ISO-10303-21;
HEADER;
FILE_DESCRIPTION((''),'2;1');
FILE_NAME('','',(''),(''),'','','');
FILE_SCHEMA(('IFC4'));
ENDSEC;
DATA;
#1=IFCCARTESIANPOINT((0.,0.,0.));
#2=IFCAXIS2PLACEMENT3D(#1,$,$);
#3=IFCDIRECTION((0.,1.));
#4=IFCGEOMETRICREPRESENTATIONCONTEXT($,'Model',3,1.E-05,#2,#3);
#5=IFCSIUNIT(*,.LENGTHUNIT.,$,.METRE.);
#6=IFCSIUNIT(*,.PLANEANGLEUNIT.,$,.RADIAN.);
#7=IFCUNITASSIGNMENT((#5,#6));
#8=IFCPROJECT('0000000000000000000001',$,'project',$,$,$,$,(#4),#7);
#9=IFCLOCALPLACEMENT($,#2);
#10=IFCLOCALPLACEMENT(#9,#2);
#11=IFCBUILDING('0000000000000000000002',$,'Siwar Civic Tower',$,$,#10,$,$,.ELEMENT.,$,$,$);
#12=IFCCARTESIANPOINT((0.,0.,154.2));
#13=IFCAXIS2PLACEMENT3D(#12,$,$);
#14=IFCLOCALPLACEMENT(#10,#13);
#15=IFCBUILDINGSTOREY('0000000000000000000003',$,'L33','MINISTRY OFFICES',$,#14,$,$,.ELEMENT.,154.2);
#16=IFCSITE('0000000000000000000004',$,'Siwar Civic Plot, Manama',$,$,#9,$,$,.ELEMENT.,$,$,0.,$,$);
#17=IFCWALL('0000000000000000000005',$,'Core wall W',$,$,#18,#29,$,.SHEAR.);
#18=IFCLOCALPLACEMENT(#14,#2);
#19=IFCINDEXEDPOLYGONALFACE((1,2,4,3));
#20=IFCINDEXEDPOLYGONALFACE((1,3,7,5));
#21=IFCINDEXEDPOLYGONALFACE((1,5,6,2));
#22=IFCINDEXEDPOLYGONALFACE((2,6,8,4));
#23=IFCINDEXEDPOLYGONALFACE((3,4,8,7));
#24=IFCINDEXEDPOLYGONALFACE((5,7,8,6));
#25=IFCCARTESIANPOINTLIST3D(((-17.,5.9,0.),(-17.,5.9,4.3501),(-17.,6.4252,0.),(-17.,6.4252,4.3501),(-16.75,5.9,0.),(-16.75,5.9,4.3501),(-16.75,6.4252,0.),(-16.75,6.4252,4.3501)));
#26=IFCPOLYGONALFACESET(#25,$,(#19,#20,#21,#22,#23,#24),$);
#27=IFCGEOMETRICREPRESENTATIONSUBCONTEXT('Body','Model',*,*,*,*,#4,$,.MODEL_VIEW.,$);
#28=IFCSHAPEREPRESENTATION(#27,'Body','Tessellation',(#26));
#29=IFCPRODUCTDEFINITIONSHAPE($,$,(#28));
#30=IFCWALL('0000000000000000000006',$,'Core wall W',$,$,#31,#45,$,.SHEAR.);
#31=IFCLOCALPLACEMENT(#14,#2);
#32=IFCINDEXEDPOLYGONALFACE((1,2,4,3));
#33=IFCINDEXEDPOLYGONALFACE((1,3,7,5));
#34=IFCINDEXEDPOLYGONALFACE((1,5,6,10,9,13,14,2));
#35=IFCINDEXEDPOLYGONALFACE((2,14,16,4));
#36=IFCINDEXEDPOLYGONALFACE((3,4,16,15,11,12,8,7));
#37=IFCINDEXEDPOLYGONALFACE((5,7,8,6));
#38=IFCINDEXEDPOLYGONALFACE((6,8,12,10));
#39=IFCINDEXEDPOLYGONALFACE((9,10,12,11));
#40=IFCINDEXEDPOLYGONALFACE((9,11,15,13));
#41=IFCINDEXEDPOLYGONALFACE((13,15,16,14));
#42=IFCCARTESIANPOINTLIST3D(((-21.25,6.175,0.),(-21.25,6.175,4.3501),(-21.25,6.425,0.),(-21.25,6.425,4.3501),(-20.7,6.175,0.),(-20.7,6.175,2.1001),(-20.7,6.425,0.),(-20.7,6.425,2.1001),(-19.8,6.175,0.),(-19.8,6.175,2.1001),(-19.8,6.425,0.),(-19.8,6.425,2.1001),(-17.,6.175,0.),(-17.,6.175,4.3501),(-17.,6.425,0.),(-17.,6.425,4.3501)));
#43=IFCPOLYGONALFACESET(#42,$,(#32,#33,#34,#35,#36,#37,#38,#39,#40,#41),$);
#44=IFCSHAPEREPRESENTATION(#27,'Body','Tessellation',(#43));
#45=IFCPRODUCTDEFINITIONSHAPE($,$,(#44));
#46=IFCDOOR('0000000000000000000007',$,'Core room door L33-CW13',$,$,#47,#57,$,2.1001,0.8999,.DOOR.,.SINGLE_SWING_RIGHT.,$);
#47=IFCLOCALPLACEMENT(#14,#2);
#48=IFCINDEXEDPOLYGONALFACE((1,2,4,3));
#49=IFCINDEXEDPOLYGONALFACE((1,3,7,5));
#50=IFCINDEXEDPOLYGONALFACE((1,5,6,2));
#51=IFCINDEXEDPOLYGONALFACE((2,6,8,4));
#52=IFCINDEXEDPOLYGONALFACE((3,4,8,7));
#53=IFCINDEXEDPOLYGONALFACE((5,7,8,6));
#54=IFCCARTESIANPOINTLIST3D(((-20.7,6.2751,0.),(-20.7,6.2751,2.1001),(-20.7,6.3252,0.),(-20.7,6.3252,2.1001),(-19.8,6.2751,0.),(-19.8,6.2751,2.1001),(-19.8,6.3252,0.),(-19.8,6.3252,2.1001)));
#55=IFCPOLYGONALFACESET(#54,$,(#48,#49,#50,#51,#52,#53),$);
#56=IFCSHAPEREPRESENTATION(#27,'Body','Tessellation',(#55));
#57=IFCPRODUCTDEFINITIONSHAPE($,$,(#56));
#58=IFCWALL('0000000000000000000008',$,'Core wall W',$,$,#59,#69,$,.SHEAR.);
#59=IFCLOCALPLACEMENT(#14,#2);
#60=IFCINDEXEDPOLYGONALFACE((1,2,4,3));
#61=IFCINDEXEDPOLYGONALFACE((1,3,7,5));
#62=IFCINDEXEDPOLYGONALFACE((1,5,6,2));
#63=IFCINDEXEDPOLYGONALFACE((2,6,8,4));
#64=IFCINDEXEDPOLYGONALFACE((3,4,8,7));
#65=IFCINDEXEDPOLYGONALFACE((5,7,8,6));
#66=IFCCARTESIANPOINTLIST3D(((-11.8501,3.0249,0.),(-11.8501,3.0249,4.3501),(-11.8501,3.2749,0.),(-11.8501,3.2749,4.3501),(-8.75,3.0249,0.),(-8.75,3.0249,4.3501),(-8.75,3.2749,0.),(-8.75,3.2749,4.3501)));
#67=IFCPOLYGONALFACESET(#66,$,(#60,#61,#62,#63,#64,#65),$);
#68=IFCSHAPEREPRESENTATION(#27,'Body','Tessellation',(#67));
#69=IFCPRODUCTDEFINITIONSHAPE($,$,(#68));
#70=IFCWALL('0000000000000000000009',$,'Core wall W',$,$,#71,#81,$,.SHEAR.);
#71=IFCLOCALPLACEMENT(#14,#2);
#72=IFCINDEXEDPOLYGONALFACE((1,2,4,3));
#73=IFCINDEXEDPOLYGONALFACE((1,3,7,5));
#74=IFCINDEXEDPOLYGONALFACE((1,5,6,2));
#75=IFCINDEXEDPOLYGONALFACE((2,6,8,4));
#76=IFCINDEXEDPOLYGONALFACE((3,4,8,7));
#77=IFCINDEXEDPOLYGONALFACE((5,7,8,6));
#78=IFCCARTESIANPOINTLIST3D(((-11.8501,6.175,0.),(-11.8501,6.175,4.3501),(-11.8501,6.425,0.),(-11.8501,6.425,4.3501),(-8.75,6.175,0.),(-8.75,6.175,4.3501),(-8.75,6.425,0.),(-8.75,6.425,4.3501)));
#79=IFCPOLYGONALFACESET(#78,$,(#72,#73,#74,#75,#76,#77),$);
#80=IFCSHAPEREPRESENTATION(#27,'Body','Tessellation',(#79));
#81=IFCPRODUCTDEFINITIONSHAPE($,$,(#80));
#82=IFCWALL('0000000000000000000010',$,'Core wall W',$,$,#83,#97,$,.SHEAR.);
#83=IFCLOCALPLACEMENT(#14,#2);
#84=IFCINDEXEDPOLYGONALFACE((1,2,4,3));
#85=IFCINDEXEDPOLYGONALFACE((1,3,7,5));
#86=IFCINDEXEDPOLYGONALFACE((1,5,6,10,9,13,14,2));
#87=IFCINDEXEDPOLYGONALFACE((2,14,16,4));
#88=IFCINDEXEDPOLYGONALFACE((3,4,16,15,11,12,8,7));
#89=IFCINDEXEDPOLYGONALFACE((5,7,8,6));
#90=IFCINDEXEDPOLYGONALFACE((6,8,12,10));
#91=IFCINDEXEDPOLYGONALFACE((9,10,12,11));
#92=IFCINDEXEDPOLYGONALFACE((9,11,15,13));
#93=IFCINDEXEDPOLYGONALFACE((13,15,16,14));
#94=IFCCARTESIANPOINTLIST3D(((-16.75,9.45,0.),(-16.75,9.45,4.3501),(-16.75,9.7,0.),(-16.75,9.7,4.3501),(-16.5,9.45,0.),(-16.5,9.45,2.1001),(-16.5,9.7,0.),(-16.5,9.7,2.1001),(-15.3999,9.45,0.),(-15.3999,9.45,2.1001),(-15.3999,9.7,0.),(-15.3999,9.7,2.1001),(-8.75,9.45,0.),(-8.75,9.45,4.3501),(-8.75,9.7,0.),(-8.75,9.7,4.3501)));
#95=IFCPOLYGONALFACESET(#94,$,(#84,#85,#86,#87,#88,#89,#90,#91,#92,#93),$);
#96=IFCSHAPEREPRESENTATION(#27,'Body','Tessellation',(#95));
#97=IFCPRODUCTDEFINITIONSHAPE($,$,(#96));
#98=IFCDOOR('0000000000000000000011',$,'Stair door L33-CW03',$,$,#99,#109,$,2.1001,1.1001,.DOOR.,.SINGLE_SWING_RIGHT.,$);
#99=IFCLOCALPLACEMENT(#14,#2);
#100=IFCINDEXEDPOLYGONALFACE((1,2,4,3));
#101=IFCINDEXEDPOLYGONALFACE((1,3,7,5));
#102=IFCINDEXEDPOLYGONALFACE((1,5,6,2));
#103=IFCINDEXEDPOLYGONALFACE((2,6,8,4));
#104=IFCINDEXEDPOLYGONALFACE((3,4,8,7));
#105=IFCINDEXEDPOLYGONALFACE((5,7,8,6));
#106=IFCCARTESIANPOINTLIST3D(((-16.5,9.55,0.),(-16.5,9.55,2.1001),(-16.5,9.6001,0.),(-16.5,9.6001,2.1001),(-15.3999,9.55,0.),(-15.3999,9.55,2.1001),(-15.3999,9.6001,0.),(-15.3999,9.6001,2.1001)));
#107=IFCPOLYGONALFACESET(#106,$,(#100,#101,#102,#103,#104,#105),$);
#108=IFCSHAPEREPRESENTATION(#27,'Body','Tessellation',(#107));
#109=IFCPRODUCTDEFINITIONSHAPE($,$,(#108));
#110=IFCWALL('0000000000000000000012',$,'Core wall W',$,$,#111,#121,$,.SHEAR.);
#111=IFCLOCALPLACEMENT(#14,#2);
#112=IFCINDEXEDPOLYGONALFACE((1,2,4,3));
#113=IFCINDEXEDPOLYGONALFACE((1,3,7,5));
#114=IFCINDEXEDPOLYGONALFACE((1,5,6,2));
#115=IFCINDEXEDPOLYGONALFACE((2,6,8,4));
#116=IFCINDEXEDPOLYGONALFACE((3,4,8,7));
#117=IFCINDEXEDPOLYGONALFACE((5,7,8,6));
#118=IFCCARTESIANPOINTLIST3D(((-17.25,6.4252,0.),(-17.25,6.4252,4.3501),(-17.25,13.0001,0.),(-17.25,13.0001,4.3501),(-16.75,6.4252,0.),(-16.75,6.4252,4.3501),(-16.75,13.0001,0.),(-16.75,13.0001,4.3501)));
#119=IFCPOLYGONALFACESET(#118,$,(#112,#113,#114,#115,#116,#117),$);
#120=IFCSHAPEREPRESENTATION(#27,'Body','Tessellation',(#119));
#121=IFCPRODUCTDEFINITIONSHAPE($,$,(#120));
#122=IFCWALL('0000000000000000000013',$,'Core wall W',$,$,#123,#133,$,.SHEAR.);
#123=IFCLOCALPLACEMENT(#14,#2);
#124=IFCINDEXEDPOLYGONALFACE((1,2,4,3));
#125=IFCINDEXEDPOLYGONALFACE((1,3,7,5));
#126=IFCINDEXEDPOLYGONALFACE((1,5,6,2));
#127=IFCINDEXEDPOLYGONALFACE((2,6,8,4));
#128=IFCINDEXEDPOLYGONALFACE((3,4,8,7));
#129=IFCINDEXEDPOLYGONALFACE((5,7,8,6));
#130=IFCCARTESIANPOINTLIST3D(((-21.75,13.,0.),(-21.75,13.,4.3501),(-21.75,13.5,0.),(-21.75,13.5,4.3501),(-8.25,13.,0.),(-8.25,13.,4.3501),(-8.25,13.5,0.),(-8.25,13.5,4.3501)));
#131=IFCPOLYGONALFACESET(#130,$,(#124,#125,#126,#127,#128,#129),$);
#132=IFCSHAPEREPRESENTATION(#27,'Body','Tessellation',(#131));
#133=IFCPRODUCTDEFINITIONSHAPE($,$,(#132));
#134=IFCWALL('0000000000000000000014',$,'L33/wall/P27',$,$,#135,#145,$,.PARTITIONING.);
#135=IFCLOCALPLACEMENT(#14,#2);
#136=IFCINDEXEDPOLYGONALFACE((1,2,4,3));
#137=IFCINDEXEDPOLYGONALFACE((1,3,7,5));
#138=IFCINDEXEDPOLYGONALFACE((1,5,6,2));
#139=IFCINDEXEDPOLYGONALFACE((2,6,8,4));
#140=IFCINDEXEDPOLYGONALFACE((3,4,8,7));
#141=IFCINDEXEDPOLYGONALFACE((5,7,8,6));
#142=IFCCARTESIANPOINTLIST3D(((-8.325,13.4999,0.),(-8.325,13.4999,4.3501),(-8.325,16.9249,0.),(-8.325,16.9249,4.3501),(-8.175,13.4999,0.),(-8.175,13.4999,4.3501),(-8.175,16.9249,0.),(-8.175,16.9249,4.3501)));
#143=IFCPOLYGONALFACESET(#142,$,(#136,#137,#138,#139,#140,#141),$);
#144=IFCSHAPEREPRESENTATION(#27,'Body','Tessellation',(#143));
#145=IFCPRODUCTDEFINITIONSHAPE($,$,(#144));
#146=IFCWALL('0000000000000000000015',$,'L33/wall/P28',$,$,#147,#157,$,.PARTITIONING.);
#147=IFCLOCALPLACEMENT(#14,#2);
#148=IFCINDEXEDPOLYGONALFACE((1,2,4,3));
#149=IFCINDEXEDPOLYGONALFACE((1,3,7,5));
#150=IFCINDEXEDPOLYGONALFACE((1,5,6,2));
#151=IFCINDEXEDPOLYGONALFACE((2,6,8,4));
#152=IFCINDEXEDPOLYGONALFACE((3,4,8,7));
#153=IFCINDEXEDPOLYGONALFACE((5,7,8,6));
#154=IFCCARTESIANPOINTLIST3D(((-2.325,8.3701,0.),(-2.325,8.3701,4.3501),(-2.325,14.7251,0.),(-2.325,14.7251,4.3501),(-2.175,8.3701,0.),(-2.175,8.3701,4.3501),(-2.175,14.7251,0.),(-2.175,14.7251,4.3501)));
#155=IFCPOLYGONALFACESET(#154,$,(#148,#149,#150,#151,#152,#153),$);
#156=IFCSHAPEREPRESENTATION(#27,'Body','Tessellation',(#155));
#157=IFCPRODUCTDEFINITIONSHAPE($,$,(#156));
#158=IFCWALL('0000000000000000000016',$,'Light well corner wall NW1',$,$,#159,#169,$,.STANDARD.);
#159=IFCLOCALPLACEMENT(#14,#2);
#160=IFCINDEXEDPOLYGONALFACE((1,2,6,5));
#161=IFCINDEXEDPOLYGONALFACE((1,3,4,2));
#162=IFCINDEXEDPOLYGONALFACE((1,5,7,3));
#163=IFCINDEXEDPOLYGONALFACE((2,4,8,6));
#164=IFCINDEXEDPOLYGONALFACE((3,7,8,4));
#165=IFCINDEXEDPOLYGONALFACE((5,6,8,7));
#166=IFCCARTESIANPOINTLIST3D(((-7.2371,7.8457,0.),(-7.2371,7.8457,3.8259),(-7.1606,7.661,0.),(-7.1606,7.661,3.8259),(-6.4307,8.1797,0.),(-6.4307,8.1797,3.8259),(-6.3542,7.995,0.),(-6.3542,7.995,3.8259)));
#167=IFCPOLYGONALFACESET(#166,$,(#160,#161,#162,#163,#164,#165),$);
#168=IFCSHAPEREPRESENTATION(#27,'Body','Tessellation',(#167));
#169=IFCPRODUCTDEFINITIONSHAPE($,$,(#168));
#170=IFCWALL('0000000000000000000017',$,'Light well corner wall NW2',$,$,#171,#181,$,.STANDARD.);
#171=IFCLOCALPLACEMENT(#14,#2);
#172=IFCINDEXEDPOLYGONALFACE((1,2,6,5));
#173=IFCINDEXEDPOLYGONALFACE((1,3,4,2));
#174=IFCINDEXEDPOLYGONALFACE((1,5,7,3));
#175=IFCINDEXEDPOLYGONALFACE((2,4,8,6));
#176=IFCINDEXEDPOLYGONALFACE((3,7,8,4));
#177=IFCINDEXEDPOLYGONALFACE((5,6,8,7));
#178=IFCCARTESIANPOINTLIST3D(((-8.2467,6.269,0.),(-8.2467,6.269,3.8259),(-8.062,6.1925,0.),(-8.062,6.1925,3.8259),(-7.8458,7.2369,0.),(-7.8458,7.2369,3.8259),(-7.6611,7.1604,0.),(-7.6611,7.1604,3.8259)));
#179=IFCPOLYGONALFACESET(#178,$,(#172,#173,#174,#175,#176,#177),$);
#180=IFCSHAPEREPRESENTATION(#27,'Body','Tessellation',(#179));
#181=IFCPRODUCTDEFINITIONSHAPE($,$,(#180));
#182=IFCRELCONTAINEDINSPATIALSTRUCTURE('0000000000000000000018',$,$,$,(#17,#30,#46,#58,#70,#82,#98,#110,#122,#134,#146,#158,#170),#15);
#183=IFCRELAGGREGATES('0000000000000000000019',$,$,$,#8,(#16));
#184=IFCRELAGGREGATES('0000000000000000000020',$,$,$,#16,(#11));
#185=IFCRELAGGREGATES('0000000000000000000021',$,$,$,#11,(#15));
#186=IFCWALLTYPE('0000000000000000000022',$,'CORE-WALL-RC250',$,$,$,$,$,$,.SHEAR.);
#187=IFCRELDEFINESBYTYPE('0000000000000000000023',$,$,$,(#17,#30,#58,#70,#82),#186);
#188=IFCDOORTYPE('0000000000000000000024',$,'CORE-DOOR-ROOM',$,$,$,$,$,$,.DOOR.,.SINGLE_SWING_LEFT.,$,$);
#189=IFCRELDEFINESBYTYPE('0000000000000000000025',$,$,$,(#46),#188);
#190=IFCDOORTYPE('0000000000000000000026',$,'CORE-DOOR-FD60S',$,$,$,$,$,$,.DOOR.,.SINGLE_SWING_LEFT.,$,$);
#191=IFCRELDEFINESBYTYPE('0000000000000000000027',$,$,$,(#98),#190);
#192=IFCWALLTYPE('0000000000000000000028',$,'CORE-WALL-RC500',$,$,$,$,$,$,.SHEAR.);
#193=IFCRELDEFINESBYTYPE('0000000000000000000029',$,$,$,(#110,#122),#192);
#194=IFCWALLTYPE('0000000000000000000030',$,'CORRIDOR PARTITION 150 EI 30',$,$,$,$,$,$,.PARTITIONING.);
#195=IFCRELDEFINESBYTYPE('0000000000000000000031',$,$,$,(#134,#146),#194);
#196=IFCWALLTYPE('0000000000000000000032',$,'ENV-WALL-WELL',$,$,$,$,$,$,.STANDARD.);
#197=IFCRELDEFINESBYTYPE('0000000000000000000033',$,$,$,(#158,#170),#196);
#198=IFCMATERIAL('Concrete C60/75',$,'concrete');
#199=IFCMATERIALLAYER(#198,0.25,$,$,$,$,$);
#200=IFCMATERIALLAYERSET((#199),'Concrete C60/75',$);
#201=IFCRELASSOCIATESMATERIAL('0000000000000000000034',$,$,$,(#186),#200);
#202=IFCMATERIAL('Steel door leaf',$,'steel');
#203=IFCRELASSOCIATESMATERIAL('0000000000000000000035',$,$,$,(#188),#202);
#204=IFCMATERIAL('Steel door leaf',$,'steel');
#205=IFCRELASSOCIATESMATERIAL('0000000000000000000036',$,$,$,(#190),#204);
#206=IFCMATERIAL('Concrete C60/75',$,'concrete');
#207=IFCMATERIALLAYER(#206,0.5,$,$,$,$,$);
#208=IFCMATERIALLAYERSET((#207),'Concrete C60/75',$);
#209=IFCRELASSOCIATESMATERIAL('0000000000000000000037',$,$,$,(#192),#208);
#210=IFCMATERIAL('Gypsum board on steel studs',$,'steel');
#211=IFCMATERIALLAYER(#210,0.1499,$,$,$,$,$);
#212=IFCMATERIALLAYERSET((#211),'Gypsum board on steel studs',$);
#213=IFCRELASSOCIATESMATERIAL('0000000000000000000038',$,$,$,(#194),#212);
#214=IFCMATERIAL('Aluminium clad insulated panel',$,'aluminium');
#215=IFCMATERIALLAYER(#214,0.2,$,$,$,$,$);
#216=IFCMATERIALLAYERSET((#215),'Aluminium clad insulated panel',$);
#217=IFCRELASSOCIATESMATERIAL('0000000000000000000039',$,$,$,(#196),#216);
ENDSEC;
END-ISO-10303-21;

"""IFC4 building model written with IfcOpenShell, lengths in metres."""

from ifc_helpers import new_model, si_unit, direction, frame, frame_2d, origin, place, context, subcontext, project, spatial, rectangle, extrude, material, layer, layer_set, type_object, element, fill, save


model = new_model("IFC4")

# Units and contexts
model_context = context("Model", 3, precision=1e-05, world=origin(), true_north=direction((0.0, 1.0)))
body_context = subcontext(model_context, "Body", "Model", "MODEL_VIEW")
ifc_project = project(units=[si_unit("LENGTHUNIT", "METRE"), si_unit("PLANEANGLEUNIT", "RADIAN")], contexts=[model_context])

# Site, building, storey
site_placement = place(None, origin())
site = spatial("IfcSite", under=ifc_project, at=site_placement, Name="Siwar Civic Plot, Manama", CompositionType="ELEMENT", RefElevation=0.0)
building_placement = place(site_placement, origin())
building = spatial("IfcBuilding", under=site, at=building_placement, Name="Siwar Civic Tower", CompositionType="ELEMENT")
storey_placement = place(building_placement, frame((0.0, 0.0, 154.2)))
storey = spatial("IfcBuildingStorey", under=building, at=storey_placement, Name="L33", Description="MINISTRY OFFICES", CompositionType="ELEMENT", Elevation=154.2)

# Shared definitions
ifc_material_1 = material(Name="Concrete C60/75", Category="concrete")
ifc_layer_1 = layer(ifc_material_1, 0.25)
ifc_layer_set_1 = layer_set([ifc_layer_1], Name="Concrete C60/75")
wall_type_1 = type_object("IfcWallType", Name="CORE-WALL-RC250", PredefinedType="SHEAR", material=ifc_layer_set_1)

# Wall
wall_1_placement = place(storey_placement, frame((-16.875, 5.8999, 0.0), z_axis=(0.0, 0.0, 1.0), x_axis=(0.0, 1.0, 0.0)))
element("IfcWall", 1, at=wall_1_placement, inside=storey, type_object=wall_type_1, Name="Core wall W", PredefinedType="SHEAR", context=body_context, shape_type="SweptSolid", body=[
    extrude(rectangle(XDim=0.5251, YDim=0.25, at=frame_2d((0.2627, 0.0))), origin(), (0.0, 0.0, 1.0), 4.3501),
])

# Wall, opening, door
wall_2_placement = place(storey_placement, frame((-17.0, 6.3, 0.0), z_axis=(0.0, 0.0, 1.0), x_axis=(-1.0, 0.0, 0.0)))
wall_2 = element("IfcWall", 2, at=wall_2_placement, inside=storey, type_object=wall_type_1, Name="Core wall W", PredefinedType="SHEAR", context=body_context, shape_type="SweptSolid", body=[
    extrude(rectangle(XDim=4.25, YDim=0.25, at=frame_2d((2.125, 0.0))), origin(), (0.0, 0.0, 1.0), 4.3501),
])
opening_1_placement = place(wall_2_placement, frame((2.8, 0.0, 0.0)))
opening_1 = element("IfcOpeningElement", 3, at=opening_1_placement, cuts=wall_2, PredefinedType="OPENING", context=body_context, shape_type="SweptSolid", body=[
    extrude(rectangle(XDim=0.8999, YDim=2.1001, at=frame_2d((0.45, 1.05))), frame((0.0, 0.135, 0.0), z_axis=(0.0, -1.0, 0.0), x_axis=(1.0, 0.0, 0.0)), (0.0, 0.0, 1.0), 0.27),
])
ifc_material_2 = material(Name="Steel door leaf", Category="steel")
door_type_1 = type_object("IfcDoorType", Name="CORE-DOOR-ROOM", OperationType="SINGLE_SWING_LEFT", PredefinedType="DOOR", material=ifc_material_2)
door_1_placement = place(opening_1_placement, origin())
door_1 = element("IfcDoor", 4, at=door_1_placement, inside=storey, type_object=door_type_1, Name="Core room door L33-CW13", OperationType="SINGLE_SWING_RIGHT", OverallHeight=2.1001, OverallWidth=0.8999, PredefinedType="DOOR", context=body_context, shape_type="SweptSolid", body=[
    extrude(rectangle(XDim=0.8999, YDim=2.1001, at=frame_2d((0.45, 1.05))), frame((0.0, 0.0249, 0.0), z_axis=(0.0, -1.0, 0.0), x_axis=(1.0, 0.0, 0.0)), (0.0, 0.0, 1.0), 0.05),
])
fill(opening_1, door_1)

# Walls
for number, where, z_axis, x_axis, name in (
    (5, (-8.75, 3.1499, 0.0), (0.0, 0.0, 1.0), (-1.0, 0.0, 0.0), "Core wall W"),
    (6, (-8.75, 6.3, 0.0), (0.0, 0.0, 1.0), (-1.0, 0.0, 0.0), "Core wall W"),
):
    element("IfcWall", number, at=place(storey_placement, frame(where, z_axis=z_axis, x_axis=x_axis)), inside=storey, type_object=wall_type_1, Name=name, PredefinedType="SHEAR", context=body_context, shape_type="SweptSolid", body=[
        extrude(rectangle(XDim=3.1001, YDim=0.25, at=frame_2d((1.55, 0.0))), origin(), (0.0, 0.0, 1.0), 4.3501),
    ])

# Wall, opening, door
wall_3_placement = place(storey_placement, frame((-8.75, 9.575, 0.0), z_axis=(0.0, 0.0, 1.0), x_axis=(-1.0, 0.0, 0.0)))
wall_3 = element("IfcWall", 7, at=wall_3_placement, inside=storey, type_object=wall_type_1, Name="Core wall W", PredefinedType="SHEAR", context=body_context, shape_type="SweptSolid", body=[
    extrude(rectangle(XDim=8.0, YDim=0.25, at=frame_2d((4.0, 0.0))), origin(), (0.0, 0.0, 1.0), 4.3501),
])
opening_2_placement = place(wall_3_placement, frame((6.6499, 0.0, 0.0)))
opening_2 = element("IfcOpeningElement", 8, at=opening_2_placement, cuts=wall_3, PredefinedType="OPENING", context=body_context, shape_type="SweptSolid", body=[
    extrude(rectangle(XDim=1.1001, YDim=2.1001, at=frame_2d((0.55, 1.05))), frame((0.0, 0.135, 0.0), z_axis=(0.0, -1.0, 0.0), x_axis=(1.0, 0.0, 0.0)), (0.0, 0.0, 1.0), 0.27),
])
ifc_material_3 = material(Name="Steel door leaf", Category="steel")
door_type_2 = type_object("IfcDoorType", Name="CORE-DOOR-FD60S", OperationType="SINGLE_SWING_LEFT", PredefinedType="DOOR", material=ifc_material_3)
door_2_placement = place(opening_2_placement, origin())
door_2 = element("IfcDoor", 9, at=door_2_placement, inside=storey, type_object=door_type_2, Name="Stair door L33-CW03", OperationType="SINGLE_SWING_RIGHT", OverallHeight=2.1001, OverallWidth=1.1001, PredefinedType="DOOR", context=body_context, shape_type="SweptSolid", body=[
    extrude(rectangle(XDim=1.1001, YDim=2.1001, at=frame_2d((0.55, 1.05))), frame((0.0, 0.0249, 0.0), z_axis=(0.0, -1.0, 0.0), x_axis=(1.0, 0.0, 0.0)), (0.0, 0.0, 1.0), 0.05),
])
fill(opening_2, door_2)

# Walls
ifc_material_4 = material(Name="Concrete C60/75", Category="concrete")
ifc_layer_2 = layer(ifc_material_4, 0.5)
ifc_layer_set_2 = layer_set([ifc_layer_2], Name="Concrete C60/75")
wall_type_2 = type_object("IfcWallType", Name="CORE-WALL-RC500", PredefinedType="SHEAR", material=ifc_layer_set_2)
wall_4_placement = place(storey_placement, frame((-17.0, 6.425, 0.0), z_axis=(0.0, 0.0, 1.0), x_axis=(0.0, 1.0, 0.0)))
element("IfcWall", 10, at=wall_4_placement, inside=storey, type_object=wall_type_2, Name="Core wall W", PredefinedType="SHEAR", context=body_context, shape_type="SweptSolid", body=[
    extrude(rectangle(XDim=6.575, YDim=0.5, at=frame_2d((3.2876, 0.0))), origin(), (0.0, 0.0, 1.0), 4.3501),
])
wall_5_placement = place(storey_placement, frame((-8.25, 13.25, 0.0), z_axis=(0.0, 0.0, 1.0), x_axis=(-1.0, 0.0, 0.0)))
element("IfcWall", 11, at=wall_5_placement, inside=storey, type_object=wall_type_2, Name="Core wall W", PredefinedType="SHEAR", context=body_context, shape_type="SweptSolid", body=[
    extrude(rectangle(XDim=13.5, YDim=0.5, at=frame_2d((6.75, 0.0))), origin(), (0.0, 0.0, 1.0), 4.3501),
])
ifc_material_5 = material(Name="Gypsum board on steel studs", Category="steel")
ifc_layer_3 = layer(ifc_material_5, 0.1499)
ifc_layer_set_3 = layer_set([ifc_layer_3], Name="Gypsum board on steel studs")
wall_type_3 = type_object("IfcWallType", Name="CORRIDOR PARTITION 150 EI 30", PredefinedType="PARTITIONING", material=ifc_layer_set_3)
wall_6_placement = place(storey_placement, frame((-8.25, 13.5, 0.0), z_axis=(0.0, 0.0, 1.0), x_axis=(0.0, 1.0, 0.0)))
element("IfcWall", 12, at=wall_6_placement, inside=storey, type_object=wall_type_3, Name="L33/wall/P27", PredefinedType="PARTITIONING", context=body_context, shape_type="SweptSolid", body=[
    extrude(rectangle(XDim=3.425, YDim=0.1499, at=frame_2d((1.7124, 0.0))), origin(), (0.0, 0.0, 1.0), 4.3501),
])
wall_7_placement = place(storey_placement, frame((-2.25, 8.3701, 0.0), z_axis=(0.0, 0.0, 1.0), x_axis=(0.0, 1.0, 0.0)))
element("IfcWall", 13, at=wall_7_placement, inside=storey, type_object=wall_type_3, Name="L33/wall/P28", PredefinedType="PARTITIONING", context=body_context, shape_type="SweptSolid", body=[
    extrude(rectangle(XDim=6.355, YDim=0.1499, at=frame_2d((3.1775, 0.0))), origin(), (0.0, 0.0, 1.0), 4.3501),
])
ifc_material_6 = material(Name="Aluminium clad insulated panel", Category="aluminium")
ifc_layer_4 = layer(ifc_material_6, 0.2)
ifc_layer_set_4 = layer_set([ifc_layer_4], Name="Aluminium clad insulated panel")
wall_type_4 = type_object("IfcWallType", Name="ENV-WALL-WELL", PredefinedType="STANDARD", material=ifc_layer_set_4)
wall_8_placement = place(storey_placement, frame((-6.3923, 8.0874, 0.0), z_axis=(0.0, 0.0, 1.0), x_axis=(-0.923894, -0.382648, 0.0)))
element("IfcWall", 14, at=wall_8_placement, inside=storey, type_object=wall_type_4, Name="Light well corner wall NW1", PredefinedType="STANDARD", context=body_context, shape_type="SweptSolid", body=[
    extrude(rectangle(XDim=0.8728, YDim=0.2, at=frame_2d((0.4365, 0.0))), origin(), (0.0, 0.0, 1.0), 3.8259),
])
wall_9_placement = place(storey_placement, frame((-7.7534, 7.1987, 0.0), z_axis=(0.0, 0.0, 1.0), x_axis=(-0.382695, -0.923875, 0.0)))
element("IfcWall", 15, at=wall_9_placement, inside=storey, type_object=wall_type_4, Name="Light well corner wall NW2", PredefinedType="STANDARD", context=body_context, shape_type="SweptSolid", body=[
    extrude(rectangle(XDim=1.0476, YDim=0.2, at=frame_2d((0.5239, 0.0))), origin(), (0.0, 0.0, 1.0), 3.8259),
])

save(model, "model.ifc")
